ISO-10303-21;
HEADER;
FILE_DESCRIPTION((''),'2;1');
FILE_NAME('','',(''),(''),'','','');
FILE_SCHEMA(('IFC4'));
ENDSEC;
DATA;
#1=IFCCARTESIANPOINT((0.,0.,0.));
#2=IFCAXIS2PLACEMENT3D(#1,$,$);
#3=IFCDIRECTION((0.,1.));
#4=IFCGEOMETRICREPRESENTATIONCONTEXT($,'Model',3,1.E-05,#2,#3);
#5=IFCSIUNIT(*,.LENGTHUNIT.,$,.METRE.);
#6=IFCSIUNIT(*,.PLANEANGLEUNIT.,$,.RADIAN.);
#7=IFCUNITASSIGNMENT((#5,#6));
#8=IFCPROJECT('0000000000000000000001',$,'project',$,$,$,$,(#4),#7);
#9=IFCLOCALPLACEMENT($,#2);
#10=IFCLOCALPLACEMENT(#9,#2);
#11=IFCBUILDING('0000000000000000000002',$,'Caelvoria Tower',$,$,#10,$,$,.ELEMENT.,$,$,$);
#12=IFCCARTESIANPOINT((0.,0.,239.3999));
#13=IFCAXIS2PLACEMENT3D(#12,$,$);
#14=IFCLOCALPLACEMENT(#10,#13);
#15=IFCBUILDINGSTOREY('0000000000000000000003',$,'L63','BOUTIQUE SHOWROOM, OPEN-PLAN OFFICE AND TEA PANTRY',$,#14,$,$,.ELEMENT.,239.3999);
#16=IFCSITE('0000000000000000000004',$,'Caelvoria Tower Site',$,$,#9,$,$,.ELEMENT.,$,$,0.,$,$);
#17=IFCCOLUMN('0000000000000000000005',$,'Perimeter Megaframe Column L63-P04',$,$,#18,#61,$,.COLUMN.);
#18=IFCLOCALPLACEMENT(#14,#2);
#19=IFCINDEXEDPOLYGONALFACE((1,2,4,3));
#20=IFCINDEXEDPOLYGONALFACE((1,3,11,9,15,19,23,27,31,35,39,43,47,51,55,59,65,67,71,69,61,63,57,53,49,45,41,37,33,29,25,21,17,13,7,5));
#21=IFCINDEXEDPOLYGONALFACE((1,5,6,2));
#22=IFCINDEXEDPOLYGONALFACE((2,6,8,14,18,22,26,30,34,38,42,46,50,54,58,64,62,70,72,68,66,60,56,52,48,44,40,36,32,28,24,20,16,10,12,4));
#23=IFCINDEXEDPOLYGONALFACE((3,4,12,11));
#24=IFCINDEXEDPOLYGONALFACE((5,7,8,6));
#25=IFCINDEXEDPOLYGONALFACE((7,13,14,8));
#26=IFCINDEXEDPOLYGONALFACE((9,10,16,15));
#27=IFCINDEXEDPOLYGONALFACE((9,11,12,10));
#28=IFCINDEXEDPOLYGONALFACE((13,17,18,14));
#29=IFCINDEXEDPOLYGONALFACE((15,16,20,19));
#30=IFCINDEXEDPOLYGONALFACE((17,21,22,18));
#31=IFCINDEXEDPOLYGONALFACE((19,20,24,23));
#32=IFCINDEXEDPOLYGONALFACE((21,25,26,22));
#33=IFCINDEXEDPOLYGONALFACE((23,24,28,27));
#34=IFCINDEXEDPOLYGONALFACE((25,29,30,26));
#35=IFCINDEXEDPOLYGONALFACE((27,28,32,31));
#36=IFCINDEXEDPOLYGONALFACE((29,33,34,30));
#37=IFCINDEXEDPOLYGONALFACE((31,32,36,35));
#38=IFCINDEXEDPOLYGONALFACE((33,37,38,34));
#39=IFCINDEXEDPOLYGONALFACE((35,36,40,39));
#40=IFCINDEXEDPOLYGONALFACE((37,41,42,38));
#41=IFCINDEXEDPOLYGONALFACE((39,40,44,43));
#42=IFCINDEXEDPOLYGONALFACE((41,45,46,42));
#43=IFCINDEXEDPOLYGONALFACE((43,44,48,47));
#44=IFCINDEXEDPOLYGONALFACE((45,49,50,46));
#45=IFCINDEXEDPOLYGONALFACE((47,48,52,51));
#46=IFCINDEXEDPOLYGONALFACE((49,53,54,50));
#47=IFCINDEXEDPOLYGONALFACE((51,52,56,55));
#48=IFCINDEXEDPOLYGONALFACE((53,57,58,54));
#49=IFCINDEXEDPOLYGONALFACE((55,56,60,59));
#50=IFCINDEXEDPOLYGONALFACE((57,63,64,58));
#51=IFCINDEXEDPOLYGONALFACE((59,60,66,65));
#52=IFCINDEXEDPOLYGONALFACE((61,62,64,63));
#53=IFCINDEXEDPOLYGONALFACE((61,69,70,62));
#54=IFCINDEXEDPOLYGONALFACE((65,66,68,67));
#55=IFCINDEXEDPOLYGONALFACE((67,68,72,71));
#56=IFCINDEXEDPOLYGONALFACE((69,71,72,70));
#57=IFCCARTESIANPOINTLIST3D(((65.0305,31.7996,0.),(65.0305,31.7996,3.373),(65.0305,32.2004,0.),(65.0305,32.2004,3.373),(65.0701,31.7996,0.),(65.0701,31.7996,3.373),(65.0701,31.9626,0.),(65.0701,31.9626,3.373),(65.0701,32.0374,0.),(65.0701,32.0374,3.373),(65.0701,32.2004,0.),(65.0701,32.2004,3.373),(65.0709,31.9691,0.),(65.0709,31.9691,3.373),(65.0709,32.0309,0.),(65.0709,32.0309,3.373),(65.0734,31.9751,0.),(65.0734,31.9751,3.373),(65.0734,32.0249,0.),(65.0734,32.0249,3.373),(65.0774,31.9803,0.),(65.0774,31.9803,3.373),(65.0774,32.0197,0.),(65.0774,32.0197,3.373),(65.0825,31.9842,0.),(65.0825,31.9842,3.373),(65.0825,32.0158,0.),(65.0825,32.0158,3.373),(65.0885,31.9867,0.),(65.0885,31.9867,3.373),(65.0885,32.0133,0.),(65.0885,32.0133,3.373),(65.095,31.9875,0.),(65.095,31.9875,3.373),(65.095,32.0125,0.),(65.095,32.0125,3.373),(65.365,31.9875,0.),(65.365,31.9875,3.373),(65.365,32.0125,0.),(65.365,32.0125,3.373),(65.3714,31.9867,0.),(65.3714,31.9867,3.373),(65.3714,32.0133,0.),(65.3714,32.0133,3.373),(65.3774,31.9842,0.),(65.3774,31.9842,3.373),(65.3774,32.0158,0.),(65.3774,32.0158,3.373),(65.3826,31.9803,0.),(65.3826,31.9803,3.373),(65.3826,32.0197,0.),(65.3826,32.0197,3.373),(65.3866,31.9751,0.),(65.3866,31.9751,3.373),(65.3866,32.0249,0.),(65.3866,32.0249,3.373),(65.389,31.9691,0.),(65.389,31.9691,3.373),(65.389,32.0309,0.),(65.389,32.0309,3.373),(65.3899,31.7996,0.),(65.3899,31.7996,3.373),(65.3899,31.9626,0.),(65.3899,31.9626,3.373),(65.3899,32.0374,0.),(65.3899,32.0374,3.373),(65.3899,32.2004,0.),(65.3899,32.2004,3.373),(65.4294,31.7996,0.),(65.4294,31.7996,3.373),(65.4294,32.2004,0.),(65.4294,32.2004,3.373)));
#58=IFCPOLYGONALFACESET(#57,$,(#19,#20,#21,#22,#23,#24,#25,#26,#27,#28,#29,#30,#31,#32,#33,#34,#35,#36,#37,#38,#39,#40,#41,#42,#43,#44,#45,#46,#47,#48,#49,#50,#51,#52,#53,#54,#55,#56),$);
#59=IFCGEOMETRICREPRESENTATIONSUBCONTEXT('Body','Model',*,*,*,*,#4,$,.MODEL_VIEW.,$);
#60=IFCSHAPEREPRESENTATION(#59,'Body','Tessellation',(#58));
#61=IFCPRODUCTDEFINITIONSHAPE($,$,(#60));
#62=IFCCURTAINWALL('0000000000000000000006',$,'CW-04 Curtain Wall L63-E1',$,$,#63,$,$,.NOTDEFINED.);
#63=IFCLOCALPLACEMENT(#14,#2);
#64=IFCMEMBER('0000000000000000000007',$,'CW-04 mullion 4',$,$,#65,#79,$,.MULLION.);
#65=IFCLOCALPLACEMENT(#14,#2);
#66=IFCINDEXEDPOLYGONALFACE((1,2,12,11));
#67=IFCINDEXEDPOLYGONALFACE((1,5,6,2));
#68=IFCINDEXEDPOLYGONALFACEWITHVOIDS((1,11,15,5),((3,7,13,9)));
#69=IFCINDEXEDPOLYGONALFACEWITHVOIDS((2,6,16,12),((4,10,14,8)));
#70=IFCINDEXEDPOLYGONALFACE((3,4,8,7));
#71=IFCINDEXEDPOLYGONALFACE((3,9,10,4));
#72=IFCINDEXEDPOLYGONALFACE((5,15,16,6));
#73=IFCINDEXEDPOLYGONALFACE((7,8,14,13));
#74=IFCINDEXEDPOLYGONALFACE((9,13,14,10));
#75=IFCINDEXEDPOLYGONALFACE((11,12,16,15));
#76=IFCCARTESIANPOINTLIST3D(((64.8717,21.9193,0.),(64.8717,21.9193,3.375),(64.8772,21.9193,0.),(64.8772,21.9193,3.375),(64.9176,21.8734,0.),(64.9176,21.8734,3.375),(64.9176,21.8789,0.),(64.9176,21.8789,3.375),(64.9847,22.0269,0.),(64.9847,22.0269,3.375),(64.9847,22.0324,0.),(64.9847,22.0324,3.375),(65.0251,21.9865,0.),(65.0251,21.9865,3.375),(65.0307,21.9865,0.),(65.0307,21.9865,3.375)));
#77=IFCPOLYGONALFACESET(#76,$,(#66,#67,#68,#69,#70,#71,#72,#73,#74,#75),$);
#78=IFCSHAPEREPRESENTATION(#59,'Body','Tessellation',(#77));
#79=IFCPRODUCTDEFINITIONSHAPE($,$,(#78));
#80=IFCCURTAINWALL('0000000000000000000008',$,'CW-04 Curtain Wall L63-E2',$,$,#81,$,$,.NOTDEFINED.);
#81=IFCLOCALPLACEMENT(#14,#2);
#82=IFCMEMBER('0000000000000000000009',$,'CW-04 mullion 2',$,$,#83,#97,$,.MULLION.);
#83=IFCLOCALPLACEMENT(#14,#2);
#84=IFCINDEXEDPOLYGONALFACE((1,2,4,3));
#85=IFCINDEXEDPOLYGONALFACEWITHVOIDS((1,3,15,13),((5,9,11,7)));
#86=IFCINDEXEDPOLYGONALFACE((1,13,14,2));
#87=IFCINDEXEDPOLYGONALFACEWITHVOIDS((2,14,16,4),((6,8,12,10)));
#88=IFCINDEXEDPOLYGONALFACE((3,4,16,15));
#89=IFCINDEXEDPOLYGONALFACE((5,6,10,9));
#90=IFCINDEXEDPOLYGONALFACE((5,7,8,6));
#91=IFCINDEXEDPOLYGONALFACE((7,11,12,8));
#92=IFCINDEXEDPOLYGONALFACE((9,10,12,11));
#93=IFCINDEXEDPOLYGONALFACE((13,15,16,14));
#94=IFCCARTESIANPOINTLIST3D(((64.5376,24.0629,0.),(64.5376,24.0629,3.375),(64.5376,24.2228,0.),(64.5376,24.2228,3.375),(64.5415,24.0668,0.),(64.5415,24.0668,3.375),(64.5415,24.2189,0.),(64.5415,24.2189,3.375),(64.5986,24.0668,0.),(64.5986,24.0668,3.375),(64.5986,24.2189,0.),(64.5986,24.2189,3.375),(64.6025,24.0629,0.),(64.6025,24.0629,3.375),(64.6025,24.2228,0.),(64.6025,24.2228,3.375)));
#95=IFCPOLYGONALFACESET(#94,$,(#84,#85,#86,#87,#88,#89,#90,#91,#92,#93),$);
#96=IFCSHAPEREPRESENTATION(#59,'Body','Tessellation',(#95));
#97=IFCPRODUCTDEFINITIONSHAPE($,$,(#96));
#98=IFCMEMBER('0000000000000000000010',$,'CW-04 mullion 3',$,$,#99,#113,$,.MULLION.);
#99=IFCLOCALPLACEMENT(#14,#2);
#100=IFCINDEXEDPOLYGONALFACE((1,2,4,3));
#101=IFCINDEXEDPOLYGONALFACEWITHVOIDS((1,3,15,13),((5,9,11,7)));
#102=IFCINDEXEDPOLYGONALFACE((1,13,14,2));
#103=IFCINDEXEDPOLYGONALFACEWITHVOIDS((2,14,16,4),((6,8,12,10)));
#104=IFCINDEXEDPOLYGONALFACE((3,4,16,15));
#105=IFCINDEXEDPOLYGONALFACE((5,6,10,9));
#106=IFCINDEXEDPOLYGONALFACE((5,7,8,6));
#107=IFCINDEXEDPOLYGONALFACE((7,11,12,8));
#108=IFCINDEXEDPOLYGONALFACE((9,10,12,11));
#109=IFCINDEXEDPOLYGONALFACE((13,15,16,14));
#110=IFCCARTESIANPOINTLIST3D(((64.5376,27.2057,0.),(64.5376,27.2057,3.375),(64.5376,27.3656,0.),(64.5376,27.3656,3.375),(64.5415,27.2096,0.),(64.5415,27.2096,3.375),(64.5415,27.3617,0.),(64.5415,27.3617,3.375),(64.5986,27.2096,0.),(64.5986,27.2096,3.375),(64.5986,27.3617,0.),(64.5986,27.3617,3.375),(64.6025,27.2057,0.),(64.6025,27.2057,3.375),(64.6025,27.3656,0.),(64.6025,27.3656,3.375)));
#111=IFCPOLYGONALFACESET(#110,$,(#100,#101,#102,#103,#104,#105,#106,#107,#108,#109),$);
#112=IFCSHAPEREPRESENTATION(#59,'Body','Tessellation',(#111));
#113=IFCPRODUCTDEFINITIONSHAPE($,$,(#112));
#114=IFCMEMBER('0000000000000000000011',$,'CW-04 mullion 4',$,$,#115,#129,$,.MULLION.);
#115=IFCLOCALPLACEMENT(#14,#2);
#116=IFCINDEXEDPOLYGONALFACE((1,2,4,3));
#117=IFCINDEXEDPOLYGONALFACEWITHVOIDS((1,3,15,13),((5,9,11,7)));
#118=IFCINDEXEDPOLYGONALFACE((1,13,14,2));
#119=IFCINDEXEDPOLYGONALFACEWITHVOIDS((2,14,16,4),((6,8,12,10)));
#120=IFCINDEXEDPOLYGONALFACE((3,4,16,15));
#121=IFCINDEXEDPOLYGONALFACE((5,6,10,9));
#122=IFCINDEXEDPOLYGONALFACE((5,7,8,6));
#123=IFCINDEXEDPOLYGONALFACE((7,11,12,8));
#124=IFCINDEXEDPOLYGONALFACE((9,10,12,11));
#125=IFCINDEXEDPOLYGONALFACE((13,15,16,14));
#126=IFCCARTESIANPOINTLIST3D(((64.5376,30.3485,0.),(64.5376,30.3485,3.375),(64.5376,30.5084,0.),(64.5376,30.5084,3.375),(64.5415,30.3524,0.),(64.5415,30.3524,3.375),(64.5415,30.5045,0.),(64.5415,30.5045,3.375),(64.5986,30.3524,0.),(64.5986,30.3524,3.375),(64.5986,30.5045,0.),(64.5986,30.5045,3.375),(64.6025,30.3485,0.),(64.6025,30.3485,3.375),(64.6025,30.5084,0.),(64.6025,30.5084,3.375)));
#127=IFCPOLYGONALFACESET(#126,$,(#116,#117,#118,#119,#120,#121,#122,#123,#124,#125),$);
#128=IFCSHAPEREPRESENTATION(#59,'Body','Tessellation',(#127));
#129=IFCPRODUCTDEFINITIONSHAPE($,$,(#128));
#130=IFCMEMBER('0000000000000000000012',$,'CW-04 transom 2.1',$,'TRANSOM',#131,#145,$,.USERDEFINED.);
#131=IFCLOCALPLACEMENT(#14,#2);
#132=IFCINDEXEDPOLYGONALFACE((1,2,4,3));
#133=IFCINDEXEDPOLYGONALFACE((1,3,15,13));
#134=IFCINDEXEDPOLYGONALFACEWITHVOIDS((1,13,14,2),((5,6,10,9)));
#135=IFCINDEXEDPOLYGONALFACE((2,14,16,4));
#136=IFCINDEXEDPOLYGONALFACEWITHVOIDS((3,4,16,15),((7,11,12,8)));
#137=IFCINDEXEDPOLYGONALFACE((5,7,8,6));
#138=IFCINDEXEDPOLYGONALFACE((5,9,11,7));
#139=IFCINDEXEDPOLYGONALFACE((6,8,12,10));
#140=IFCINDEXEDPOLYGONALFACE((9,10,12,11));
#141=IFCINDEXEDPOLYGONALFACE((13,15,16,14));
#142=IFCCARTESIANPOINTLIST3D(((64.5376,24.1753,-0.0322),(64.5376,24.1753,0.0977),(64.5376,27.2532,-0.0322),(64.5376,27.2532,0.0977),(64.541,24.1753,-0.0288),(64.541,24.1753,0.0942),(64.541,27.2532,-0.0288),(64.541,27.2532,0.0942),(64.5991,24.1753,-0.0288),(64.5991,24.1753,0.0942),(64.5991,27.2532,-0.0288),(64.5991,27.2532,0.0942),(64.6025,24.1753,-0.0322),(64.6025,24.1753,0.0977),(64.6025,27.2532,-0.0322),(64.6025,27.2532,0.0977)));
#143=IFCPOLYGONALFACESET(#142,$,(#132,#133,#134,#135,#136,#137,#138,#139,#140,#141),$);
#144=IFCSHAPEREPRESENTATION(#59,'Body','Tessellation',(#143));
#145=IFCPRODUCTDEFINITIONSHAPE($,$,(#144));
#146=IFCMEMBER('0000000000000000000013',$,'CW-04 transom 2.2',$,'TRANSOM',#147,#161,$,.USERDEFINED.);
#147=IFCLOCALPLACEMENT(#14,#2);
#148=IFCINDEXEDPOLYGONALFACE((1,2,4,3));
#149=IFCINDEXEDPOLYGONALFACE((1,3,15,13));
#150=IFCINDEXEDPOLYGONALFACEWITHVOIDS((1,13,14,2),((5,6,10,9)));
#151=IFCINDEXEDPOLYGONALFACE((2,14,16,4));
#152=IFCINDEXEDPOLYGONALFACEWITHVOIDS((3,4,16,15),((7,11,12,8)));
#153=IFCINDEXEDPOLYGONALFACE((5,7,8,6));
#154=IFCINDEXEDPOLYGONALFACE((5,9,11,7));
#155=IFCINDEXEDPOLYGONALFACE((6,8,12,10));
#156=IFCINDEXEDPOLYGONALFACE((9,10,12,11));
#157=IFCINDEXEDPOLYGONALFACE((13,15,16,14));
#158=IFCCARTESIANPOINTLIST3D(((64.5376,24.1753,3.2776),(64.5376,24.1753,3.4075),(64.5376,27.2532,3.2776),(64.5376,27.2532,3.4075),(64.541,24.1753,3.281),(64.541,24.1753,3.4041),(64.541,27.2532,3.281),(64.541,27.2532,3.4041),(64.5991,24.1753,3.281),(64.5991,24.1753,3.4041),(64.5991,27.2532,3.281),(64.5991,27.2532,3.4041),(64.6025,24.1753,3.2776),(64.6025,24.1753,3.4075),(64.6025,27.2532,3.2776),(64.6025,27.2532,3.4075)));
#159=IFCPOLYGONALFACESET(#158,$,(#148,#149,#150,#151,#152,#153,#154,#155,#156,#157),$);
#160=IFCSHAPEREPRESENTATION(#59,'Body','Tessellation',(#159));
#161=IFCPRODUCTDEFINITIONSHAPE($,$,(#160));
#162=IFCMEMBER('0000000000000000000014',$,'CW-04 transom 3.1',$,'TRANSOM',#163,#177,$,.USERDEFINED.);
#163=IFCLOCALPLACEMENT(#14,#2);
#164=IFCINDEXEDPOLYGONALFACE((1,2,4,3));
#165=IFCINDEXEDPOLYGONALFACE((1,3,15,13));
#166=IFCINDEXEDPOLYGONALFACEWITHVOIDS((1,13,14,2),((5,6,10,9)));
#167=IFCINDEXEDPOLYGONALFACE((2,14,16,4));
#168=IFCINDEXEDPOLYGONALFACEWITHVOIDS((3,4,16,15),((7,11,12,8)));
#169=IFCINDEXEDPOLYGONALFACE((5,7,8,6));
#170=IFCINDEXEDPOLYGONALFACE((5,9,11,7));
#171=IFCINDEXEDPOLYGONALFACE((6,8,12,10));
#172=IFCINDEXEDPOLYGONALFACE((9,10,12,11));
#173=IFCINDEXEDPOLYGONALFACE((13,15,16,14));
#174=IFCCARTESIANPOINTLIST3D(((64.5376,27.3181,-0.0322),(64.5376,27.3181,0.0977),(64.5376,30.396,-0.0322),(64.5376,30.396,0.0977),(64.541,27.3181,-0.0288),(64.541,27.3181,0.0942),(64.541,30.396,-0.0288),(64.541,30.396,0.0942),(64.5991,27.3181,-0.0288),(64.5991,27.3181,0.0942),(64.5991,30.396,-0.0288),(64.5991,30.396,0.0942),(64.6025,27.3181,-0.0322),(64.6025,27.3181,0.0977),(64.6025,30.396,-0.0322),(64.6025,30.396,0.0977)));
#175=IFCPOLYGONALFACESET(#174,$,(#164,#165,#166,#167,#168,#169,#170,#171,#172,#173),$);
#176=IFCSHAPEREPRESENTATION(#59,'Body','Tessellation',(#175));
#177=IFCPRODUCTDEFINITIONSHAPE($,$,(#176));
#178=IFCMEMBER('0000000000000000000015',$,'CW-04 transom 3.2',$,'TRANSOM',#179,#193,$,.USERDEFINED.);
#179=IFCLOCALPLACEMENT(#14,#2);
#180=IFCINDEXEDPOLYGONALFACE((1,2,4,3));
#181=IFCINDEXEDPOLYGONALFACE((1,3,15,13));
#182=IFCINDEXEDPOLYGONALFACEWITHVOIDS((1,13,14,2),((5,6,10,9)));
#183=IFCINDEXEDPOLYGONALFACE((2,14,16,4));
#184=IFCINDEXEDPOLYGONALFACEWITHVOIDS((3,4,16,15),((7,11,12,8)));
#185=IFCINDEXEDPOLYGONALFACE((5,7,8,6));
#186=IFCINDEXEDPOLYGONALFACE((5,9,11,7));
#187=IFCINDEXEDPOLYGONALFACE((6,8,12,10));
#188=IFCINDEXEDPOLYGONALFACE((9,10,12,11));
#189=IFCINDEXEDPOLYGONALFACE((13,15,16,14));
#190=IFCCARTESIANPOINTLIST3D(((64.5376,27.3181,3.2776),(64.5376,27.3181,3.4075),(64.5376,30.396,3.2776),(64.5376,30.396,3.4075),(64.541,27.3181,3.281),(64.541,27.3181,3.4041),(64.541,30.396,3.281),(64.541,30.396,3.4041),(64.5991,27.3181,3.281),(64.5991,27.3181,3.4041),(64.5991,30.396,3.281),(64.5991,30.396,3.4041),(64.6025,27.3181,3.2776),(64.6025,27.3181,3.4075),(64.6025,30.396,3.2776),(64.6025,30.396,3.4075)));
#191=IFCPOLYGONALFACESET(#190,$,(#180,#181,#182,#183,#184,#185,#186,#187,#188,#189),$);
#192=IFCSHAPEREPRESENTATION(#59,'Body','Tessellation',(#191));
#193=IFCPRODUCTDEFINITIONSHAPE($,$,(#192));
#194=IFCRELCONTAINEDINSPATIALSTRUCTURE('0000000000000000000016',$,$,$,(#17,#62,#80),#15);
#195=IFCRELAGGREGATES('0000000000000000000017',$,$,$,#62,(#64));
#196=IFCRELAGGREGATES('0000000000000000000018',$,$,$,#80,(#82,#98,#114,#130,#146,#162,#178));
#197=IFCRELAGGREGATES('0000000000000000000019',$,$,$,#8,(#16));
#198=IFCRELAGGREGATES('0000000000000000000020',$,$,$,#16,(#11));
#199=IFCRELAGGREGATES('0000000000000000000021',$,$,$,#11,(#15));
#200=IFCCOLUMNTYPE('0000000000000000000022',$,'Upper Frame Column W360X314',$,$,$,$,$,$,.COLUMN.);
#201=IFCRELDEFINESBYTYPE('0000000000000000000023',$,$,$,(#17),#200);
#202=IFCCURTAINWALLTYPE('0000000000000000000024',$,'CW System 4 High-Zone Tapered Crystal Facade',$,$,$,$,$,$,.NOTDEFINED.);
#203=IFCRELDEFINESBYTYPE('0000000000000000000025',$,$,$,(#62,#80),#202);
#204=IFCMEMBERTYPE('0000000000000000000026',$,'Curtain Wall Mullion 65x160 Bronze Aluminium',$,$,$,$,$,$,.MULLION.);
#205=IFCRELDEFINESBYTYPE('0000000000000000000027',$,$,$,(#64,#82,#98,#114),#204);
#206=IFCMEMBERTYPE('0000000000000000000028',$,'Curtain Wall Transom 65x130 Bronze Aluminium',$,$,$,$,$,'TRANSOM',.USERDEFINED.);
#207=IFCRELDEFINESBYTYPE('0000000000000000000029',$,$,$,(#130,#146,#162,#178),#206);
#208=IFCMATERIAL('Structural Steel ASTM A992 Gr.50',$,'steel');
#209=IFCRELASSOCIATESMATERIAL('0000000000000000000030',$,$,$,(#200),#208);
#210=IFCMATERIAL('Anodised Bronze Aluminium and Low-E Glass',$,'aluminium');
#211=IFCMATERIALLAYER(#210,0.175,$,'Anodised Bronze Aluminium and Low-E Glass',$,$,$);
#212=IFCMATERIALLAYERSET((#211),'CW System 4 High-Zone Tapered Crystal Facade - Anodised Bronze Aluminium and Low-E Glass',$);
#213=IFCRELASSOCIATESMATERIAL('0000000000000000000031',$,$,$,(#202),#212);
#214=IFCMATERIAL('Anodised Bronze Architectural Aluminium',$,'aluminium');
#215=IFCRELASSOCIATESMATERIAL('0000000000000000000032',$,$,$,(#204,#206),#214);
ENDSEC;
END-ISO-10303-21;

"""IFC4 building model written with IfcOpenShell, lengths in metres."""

from ifc_helpers import new_model, si_unit, direction, frame, origin, origin_2d, place, context, subcontext, project, spatial, hollow_rectangle, i_section, extrude, material, layer, layer_set, material_profile, profile_set, type_object, element, aggregate, save


model = new_model("IFC4")

# Units and contexts
model_context = context("Model", 3, precision=1e-05, world=origin(), true_north=direction((0.0, 1.0)))
body_context = subcontext(model_context, "Body", "Model", "MODEL_VIEW")
ifc_project = project(units=[si_unit("LENGTHUNIT", "METRE"), si_unit("PLANEANGLEUNIT", "RADIAN")], contexts=[model_context])

# Site, building, storey
site_placement = place(None, origin())
site = spatial("IfcSite", under=ifc_project, at=site_placement, Name="Caelvoria Tower Site", CompositionType="ELEMENT", RefElevation=0.0)
building_placement = place(site_placement, origin())
building = spatial("IfcBuilding", under=site, at=building_placement, Name="Caelvoria Tower", CompositionType="ELEMENT")
storey_placement = place(building_placement, frame((0.0, 0.0, 239.3999)))
storey = spatial("IfcBuildingStorey", under=building, at=storey_placement, Name="L63", Description="BOUTIQUE SHOWROOM, OPEN-PLAN OFFICE AND TEA PANTRY", CompositionType="ELEMENT", Elevation=239.3999)

# Column
ifc_material_1 = material(Name="Structural Steel ASTM A992 Gr.50", Category="steel")
ifc_material_profile_1 = material_profile(ifc_material_1, i_section(OverallWidth=0.4009, OverallDepth=0.3989, WebThickness=0.0249, FlangeThickness=0.0396, FilletRadius=0.0249, at=origin_2d()), Name="Structural Steel ASTM A992 Gr.50")
ifc_profile_set_1 = profile_set([ifc_material_profile_1], Name="W360X314 - Structural Steel ASTM A992 Gr.50")
column_type = type_object("IfcColumnType", Name="Upper Frame Column W360X314", PredefinedType="COLUMN", material=ifc_profile_set_1)
column_placement = place(storey_placement, frame((65.23, 32.0, 0.0), z_axis=(0.0, 0.0, 1.0), x_axis=(0.0, 1.0, 0.0)))
element("IfcColumn", 1, at=column_placement, inside=storey, type_object=column_type, Name="Perimeter Megaframe Column L63-P04", PredefinedType="COLUMN", context=body_context, shape_type="SweptSolid", body=[
    extrude(i_section(OverallWidth=0.4009, OverallDepth=0.3989, WebThickness=0.0249, FlangeThickness=0.0396, FilletRadius=0.0249, at=origin_2d()), origin(), (0.0, 0.0, 1.0), 3.373),
])

# Curtain wall, member
ifc_material_2 = material(Name="Anodised Bronze Aluminium and Low-E Glass", Category="aluminium")
ifc_layer_1 = layer(ifc_material_2, 0.175, Name="Anodised Bronze Aluminium and Low-E Glass")
ifc_layer_set_1 = layer_set([ifc_layer_1], Name="CW System 4 High-Zone Tapered Crystal Facade - Anodised Bronze Aluminium and Low-E Glass")
curtain_wall_type = type_object("IfcCurtainWallType", Name="CW System 4 High-Zone Tapered Crystal Facade", PredefinedType="NOTDEFINED", material=ifc_layer_set_1)
curtain_wall_1_placement = place(storey_placement, origin())
curtain_wall_1 = element("IfcCurtainWall", 2, at=curtain_wall_1_placement, inside=storey, type_object=curtain_wall_type, Name="CW-04 Curtain Wall L63-E1", PredefinedType="NOTDEFINED")
ifc_material_3 = material(Name="Anodised Bronze Architectural Aluminium", Category="aluminium")
ifc_material_profile_2 = material_profile(ifc_material_3, hollow_rectangle(XDim=0.0649, YDim=0.1599, WallThickness=0.0039, at=origin_2d()), Name="Anodised Bronze Architectural Aluminium")
ifc_profile_set_2 = profile_set([ifc_material_profile_2], Name="CW_MULL_65X160 - Anodised Bronze Architectural Aluminium")
member_type_1 = type_object("IfcMemberType", Name="Curtain Wall Mullion 65x160 Bronze Aluminium", PredefinedType="MULLION", material=ifc_profile_set_2)
member_1_placement = place(storey_placement, frame((64.9512, 21.9529, 0.0), z_axis=(0.0, 0.0, 1.0), x_axis=(-0.707107, 0.707107, 0.0)))
member_1 = element("IfcMember", 3, at=member_1_placement, type_object=member_type_1, Name="CW-04 mullion 4", PredefinedType="MULLION", context=body_context, shape_type="SweptSolid", body=[
    extrude(hollow_rectangle(XDim=0.0649, YDim=0.1599, WallThickness=0.0039, at=origin_2d()), origin(), (0.0, 0.0, 1.0), 3.375),
])
aggregate(curtain_wall_1, [member_1])

# Curtain wall, members
curtain_wall_2_placement = place(storey_placement, origin())
curtain_wall_2 = element("IfcCurtainWall", 4, at=curtain_wall_2_placement, inside=storey, type_object=curtain_wall_type, Name="CW-04 Curtain Wall L63-E2", PredefinedType="NOTDEFINED")
member_2_placement = place(storey_placement, frame((64.5701, 24.1428, 0.0), z_axis=(0.0, 0.0, 1.0), x_axis=(-1.0, 0.0, 0.0)))
member_2 = element("IfcMember", 5, at=member_2_placement, type_object=member_type_1, Name="CW-04 mullion 2", PredefinedType="MULLION", context=body_context, shape_type="SweptSolid", body=[
    extrude(hollow_rectangle(XDim=0.0649, YDim=0.1599, WallThickness=0.0039, at=origin_2d()), origin(), (0.0, 0.0, 1.0), 3.375),
])
member_3_placement = place(storey_placement, frame((64.5701, 27.2856, 0.0), z_axis=(0.0, 0.0, 1.0), x_axis=(-1.0, 0.0, 0.0)))
member_3 = element("IfcMember", 6, at=member_3_placement, type_object=member_type_1, Name="CW-04 mullion 3", PredefinedType="MULLION", context=body_context, shape_type="SweptSolid", body=[
    extrude(hollow_rectangle(XDim=0.0649, YDim=0.1599, WallThickness=0.0039, at=origin_2d()), origin(), (0.0, 0.0, 1.0), 3.375),
])
member_4_placement = place(storey_placement, frame((64.5701, 30.4285, 0.0), z_axis=(0.0, 0.0, 1.0), x_axis=(-1.0, 0.0, 0.0)))
member_4 = element("IfcMember", 7, at=member_4_placement, type_object=member_type_1, Name="CW-04 mullion 4", PredefinedType="MULLION", context=body_context, shape_type="SweptSolid", body=[
    extrude(hollow_rectangle(XDim=0.0649, YDim=0.1599, WallThickness=0.0039, at=origin_2d()), origin(), (0.0, 0.0, 1.0), 3.375),
])
ifc_material_profile_3 = material_profile(ifc_material_3, hollow_rectangle(XDim=0.0649, YDim=0.1299, WallThickness=0.0034, at=origin_2d()), Name="Anodised Bronze Architectural Aluminium")
ifc_profile_set_3 = profile_set([ifc_material_profile_3], Name="CW_TRAN_65X130 - Anodised Bronze Architectural Aluminium")
member_type_2 = type_object("IfcMemberType", Name="Curtain Wall Transom 65x130 Bronze Aluminium", ElementType="TRANSOM", PredefinedType="USERDEFINED", material=ifc_profile_set_3)
member_5_placement = place(storey_placement, frame((64.5701, 24.1753, 0.0327), z_axis=(0.0, 1.0, 0.0), x_axis=(-1.0, 0.0, 0.0)))
member_5 = element("IfcMember", 8, at=member_5_placement, type_object=member_type_2, Name="CW-04 transom 2.1", ObjectType="TRANSOM", PredefinedType="USERDEFINED", context=body_context, shape_type="SweptSolid", body=[
    extrude(hollow_rectangle(XDim=0.0649, YDim=0.1299, WallThickness=0.0034, at=origin_2d()), origin(), (0.0, 0.0, 1.0), 3.0779),
])
member_6_placement = place(storey_placement, frame((64.5701, 24.1753, 3.3425), z_axis=(0.0, 1.0, 0.0), x_axis=(-1.0, 0.0, 0.0)))
member_6 = element("IfcMember", 9, at=member_6_placement, type_object=member_type_2, Name="CW-04 transom 2.2", ObjectType="TRANSOM", PredefinedType="USERDEFINED", context=body_context, shape_type="SweptSolid", body=[
    extrude(hollow_rectangle(XDim=0.0649, YDim=0.1299, WallThickness=0.0034, at=origin_2d()), origin(), (0.0, 0.0, 1.0), 3.0779),
])
member_7_placement = place(storey_placement, frame((64.5701, 27.3181, 0.0327), z_axis=(0.0, 1.0, 0.0), x_axis=(-1.0, 0.0, 0.0)))
member_7 = element("IfcMember", 10, at=member_7_placement, type_object=member_type_2, Name="CW-04 transom 3.1", ObjectType="TRANSOM", PredefinedType="USERDEFINED", context=body_context, shape_type="SweptSolid", body=[
    extrude(hollow_rectangle(XDim=0.0649, YDim=0.1299, WallThickness=0.0034, at=origin_2d()), origin(), (0.0, 0.0, 1.0), 3.0779),
])
member_8_placement = place(storey_placement, frame((64.5701, 27.3181, 3.3425), z_axis=(0.0, 1.0, 0.0), x_axis=(-1.0, 0.0, 0.0)))
member_8 = element("IfcMember", 11, at=member_8_placement, type_object=member_type_2, Name="CW-04 transom 3.2", ObjectType="TRANSOM", PredefinedType="USERDEFINED", context=body_context, shape_type="SweptSolid", body=[
    extrude(hollow_rectangle(XDim=0.0649, YDim=0.1299, WallThickness=0.0034, at=origin_2d()), origin(), (0.0, 0.0, 1.0), 3.0779),
])

aggregate(curtain_wall_2, [member_2, member_3, member_4, member_5, member_6, member_7, member_8])

save(model, "model.ifc")
